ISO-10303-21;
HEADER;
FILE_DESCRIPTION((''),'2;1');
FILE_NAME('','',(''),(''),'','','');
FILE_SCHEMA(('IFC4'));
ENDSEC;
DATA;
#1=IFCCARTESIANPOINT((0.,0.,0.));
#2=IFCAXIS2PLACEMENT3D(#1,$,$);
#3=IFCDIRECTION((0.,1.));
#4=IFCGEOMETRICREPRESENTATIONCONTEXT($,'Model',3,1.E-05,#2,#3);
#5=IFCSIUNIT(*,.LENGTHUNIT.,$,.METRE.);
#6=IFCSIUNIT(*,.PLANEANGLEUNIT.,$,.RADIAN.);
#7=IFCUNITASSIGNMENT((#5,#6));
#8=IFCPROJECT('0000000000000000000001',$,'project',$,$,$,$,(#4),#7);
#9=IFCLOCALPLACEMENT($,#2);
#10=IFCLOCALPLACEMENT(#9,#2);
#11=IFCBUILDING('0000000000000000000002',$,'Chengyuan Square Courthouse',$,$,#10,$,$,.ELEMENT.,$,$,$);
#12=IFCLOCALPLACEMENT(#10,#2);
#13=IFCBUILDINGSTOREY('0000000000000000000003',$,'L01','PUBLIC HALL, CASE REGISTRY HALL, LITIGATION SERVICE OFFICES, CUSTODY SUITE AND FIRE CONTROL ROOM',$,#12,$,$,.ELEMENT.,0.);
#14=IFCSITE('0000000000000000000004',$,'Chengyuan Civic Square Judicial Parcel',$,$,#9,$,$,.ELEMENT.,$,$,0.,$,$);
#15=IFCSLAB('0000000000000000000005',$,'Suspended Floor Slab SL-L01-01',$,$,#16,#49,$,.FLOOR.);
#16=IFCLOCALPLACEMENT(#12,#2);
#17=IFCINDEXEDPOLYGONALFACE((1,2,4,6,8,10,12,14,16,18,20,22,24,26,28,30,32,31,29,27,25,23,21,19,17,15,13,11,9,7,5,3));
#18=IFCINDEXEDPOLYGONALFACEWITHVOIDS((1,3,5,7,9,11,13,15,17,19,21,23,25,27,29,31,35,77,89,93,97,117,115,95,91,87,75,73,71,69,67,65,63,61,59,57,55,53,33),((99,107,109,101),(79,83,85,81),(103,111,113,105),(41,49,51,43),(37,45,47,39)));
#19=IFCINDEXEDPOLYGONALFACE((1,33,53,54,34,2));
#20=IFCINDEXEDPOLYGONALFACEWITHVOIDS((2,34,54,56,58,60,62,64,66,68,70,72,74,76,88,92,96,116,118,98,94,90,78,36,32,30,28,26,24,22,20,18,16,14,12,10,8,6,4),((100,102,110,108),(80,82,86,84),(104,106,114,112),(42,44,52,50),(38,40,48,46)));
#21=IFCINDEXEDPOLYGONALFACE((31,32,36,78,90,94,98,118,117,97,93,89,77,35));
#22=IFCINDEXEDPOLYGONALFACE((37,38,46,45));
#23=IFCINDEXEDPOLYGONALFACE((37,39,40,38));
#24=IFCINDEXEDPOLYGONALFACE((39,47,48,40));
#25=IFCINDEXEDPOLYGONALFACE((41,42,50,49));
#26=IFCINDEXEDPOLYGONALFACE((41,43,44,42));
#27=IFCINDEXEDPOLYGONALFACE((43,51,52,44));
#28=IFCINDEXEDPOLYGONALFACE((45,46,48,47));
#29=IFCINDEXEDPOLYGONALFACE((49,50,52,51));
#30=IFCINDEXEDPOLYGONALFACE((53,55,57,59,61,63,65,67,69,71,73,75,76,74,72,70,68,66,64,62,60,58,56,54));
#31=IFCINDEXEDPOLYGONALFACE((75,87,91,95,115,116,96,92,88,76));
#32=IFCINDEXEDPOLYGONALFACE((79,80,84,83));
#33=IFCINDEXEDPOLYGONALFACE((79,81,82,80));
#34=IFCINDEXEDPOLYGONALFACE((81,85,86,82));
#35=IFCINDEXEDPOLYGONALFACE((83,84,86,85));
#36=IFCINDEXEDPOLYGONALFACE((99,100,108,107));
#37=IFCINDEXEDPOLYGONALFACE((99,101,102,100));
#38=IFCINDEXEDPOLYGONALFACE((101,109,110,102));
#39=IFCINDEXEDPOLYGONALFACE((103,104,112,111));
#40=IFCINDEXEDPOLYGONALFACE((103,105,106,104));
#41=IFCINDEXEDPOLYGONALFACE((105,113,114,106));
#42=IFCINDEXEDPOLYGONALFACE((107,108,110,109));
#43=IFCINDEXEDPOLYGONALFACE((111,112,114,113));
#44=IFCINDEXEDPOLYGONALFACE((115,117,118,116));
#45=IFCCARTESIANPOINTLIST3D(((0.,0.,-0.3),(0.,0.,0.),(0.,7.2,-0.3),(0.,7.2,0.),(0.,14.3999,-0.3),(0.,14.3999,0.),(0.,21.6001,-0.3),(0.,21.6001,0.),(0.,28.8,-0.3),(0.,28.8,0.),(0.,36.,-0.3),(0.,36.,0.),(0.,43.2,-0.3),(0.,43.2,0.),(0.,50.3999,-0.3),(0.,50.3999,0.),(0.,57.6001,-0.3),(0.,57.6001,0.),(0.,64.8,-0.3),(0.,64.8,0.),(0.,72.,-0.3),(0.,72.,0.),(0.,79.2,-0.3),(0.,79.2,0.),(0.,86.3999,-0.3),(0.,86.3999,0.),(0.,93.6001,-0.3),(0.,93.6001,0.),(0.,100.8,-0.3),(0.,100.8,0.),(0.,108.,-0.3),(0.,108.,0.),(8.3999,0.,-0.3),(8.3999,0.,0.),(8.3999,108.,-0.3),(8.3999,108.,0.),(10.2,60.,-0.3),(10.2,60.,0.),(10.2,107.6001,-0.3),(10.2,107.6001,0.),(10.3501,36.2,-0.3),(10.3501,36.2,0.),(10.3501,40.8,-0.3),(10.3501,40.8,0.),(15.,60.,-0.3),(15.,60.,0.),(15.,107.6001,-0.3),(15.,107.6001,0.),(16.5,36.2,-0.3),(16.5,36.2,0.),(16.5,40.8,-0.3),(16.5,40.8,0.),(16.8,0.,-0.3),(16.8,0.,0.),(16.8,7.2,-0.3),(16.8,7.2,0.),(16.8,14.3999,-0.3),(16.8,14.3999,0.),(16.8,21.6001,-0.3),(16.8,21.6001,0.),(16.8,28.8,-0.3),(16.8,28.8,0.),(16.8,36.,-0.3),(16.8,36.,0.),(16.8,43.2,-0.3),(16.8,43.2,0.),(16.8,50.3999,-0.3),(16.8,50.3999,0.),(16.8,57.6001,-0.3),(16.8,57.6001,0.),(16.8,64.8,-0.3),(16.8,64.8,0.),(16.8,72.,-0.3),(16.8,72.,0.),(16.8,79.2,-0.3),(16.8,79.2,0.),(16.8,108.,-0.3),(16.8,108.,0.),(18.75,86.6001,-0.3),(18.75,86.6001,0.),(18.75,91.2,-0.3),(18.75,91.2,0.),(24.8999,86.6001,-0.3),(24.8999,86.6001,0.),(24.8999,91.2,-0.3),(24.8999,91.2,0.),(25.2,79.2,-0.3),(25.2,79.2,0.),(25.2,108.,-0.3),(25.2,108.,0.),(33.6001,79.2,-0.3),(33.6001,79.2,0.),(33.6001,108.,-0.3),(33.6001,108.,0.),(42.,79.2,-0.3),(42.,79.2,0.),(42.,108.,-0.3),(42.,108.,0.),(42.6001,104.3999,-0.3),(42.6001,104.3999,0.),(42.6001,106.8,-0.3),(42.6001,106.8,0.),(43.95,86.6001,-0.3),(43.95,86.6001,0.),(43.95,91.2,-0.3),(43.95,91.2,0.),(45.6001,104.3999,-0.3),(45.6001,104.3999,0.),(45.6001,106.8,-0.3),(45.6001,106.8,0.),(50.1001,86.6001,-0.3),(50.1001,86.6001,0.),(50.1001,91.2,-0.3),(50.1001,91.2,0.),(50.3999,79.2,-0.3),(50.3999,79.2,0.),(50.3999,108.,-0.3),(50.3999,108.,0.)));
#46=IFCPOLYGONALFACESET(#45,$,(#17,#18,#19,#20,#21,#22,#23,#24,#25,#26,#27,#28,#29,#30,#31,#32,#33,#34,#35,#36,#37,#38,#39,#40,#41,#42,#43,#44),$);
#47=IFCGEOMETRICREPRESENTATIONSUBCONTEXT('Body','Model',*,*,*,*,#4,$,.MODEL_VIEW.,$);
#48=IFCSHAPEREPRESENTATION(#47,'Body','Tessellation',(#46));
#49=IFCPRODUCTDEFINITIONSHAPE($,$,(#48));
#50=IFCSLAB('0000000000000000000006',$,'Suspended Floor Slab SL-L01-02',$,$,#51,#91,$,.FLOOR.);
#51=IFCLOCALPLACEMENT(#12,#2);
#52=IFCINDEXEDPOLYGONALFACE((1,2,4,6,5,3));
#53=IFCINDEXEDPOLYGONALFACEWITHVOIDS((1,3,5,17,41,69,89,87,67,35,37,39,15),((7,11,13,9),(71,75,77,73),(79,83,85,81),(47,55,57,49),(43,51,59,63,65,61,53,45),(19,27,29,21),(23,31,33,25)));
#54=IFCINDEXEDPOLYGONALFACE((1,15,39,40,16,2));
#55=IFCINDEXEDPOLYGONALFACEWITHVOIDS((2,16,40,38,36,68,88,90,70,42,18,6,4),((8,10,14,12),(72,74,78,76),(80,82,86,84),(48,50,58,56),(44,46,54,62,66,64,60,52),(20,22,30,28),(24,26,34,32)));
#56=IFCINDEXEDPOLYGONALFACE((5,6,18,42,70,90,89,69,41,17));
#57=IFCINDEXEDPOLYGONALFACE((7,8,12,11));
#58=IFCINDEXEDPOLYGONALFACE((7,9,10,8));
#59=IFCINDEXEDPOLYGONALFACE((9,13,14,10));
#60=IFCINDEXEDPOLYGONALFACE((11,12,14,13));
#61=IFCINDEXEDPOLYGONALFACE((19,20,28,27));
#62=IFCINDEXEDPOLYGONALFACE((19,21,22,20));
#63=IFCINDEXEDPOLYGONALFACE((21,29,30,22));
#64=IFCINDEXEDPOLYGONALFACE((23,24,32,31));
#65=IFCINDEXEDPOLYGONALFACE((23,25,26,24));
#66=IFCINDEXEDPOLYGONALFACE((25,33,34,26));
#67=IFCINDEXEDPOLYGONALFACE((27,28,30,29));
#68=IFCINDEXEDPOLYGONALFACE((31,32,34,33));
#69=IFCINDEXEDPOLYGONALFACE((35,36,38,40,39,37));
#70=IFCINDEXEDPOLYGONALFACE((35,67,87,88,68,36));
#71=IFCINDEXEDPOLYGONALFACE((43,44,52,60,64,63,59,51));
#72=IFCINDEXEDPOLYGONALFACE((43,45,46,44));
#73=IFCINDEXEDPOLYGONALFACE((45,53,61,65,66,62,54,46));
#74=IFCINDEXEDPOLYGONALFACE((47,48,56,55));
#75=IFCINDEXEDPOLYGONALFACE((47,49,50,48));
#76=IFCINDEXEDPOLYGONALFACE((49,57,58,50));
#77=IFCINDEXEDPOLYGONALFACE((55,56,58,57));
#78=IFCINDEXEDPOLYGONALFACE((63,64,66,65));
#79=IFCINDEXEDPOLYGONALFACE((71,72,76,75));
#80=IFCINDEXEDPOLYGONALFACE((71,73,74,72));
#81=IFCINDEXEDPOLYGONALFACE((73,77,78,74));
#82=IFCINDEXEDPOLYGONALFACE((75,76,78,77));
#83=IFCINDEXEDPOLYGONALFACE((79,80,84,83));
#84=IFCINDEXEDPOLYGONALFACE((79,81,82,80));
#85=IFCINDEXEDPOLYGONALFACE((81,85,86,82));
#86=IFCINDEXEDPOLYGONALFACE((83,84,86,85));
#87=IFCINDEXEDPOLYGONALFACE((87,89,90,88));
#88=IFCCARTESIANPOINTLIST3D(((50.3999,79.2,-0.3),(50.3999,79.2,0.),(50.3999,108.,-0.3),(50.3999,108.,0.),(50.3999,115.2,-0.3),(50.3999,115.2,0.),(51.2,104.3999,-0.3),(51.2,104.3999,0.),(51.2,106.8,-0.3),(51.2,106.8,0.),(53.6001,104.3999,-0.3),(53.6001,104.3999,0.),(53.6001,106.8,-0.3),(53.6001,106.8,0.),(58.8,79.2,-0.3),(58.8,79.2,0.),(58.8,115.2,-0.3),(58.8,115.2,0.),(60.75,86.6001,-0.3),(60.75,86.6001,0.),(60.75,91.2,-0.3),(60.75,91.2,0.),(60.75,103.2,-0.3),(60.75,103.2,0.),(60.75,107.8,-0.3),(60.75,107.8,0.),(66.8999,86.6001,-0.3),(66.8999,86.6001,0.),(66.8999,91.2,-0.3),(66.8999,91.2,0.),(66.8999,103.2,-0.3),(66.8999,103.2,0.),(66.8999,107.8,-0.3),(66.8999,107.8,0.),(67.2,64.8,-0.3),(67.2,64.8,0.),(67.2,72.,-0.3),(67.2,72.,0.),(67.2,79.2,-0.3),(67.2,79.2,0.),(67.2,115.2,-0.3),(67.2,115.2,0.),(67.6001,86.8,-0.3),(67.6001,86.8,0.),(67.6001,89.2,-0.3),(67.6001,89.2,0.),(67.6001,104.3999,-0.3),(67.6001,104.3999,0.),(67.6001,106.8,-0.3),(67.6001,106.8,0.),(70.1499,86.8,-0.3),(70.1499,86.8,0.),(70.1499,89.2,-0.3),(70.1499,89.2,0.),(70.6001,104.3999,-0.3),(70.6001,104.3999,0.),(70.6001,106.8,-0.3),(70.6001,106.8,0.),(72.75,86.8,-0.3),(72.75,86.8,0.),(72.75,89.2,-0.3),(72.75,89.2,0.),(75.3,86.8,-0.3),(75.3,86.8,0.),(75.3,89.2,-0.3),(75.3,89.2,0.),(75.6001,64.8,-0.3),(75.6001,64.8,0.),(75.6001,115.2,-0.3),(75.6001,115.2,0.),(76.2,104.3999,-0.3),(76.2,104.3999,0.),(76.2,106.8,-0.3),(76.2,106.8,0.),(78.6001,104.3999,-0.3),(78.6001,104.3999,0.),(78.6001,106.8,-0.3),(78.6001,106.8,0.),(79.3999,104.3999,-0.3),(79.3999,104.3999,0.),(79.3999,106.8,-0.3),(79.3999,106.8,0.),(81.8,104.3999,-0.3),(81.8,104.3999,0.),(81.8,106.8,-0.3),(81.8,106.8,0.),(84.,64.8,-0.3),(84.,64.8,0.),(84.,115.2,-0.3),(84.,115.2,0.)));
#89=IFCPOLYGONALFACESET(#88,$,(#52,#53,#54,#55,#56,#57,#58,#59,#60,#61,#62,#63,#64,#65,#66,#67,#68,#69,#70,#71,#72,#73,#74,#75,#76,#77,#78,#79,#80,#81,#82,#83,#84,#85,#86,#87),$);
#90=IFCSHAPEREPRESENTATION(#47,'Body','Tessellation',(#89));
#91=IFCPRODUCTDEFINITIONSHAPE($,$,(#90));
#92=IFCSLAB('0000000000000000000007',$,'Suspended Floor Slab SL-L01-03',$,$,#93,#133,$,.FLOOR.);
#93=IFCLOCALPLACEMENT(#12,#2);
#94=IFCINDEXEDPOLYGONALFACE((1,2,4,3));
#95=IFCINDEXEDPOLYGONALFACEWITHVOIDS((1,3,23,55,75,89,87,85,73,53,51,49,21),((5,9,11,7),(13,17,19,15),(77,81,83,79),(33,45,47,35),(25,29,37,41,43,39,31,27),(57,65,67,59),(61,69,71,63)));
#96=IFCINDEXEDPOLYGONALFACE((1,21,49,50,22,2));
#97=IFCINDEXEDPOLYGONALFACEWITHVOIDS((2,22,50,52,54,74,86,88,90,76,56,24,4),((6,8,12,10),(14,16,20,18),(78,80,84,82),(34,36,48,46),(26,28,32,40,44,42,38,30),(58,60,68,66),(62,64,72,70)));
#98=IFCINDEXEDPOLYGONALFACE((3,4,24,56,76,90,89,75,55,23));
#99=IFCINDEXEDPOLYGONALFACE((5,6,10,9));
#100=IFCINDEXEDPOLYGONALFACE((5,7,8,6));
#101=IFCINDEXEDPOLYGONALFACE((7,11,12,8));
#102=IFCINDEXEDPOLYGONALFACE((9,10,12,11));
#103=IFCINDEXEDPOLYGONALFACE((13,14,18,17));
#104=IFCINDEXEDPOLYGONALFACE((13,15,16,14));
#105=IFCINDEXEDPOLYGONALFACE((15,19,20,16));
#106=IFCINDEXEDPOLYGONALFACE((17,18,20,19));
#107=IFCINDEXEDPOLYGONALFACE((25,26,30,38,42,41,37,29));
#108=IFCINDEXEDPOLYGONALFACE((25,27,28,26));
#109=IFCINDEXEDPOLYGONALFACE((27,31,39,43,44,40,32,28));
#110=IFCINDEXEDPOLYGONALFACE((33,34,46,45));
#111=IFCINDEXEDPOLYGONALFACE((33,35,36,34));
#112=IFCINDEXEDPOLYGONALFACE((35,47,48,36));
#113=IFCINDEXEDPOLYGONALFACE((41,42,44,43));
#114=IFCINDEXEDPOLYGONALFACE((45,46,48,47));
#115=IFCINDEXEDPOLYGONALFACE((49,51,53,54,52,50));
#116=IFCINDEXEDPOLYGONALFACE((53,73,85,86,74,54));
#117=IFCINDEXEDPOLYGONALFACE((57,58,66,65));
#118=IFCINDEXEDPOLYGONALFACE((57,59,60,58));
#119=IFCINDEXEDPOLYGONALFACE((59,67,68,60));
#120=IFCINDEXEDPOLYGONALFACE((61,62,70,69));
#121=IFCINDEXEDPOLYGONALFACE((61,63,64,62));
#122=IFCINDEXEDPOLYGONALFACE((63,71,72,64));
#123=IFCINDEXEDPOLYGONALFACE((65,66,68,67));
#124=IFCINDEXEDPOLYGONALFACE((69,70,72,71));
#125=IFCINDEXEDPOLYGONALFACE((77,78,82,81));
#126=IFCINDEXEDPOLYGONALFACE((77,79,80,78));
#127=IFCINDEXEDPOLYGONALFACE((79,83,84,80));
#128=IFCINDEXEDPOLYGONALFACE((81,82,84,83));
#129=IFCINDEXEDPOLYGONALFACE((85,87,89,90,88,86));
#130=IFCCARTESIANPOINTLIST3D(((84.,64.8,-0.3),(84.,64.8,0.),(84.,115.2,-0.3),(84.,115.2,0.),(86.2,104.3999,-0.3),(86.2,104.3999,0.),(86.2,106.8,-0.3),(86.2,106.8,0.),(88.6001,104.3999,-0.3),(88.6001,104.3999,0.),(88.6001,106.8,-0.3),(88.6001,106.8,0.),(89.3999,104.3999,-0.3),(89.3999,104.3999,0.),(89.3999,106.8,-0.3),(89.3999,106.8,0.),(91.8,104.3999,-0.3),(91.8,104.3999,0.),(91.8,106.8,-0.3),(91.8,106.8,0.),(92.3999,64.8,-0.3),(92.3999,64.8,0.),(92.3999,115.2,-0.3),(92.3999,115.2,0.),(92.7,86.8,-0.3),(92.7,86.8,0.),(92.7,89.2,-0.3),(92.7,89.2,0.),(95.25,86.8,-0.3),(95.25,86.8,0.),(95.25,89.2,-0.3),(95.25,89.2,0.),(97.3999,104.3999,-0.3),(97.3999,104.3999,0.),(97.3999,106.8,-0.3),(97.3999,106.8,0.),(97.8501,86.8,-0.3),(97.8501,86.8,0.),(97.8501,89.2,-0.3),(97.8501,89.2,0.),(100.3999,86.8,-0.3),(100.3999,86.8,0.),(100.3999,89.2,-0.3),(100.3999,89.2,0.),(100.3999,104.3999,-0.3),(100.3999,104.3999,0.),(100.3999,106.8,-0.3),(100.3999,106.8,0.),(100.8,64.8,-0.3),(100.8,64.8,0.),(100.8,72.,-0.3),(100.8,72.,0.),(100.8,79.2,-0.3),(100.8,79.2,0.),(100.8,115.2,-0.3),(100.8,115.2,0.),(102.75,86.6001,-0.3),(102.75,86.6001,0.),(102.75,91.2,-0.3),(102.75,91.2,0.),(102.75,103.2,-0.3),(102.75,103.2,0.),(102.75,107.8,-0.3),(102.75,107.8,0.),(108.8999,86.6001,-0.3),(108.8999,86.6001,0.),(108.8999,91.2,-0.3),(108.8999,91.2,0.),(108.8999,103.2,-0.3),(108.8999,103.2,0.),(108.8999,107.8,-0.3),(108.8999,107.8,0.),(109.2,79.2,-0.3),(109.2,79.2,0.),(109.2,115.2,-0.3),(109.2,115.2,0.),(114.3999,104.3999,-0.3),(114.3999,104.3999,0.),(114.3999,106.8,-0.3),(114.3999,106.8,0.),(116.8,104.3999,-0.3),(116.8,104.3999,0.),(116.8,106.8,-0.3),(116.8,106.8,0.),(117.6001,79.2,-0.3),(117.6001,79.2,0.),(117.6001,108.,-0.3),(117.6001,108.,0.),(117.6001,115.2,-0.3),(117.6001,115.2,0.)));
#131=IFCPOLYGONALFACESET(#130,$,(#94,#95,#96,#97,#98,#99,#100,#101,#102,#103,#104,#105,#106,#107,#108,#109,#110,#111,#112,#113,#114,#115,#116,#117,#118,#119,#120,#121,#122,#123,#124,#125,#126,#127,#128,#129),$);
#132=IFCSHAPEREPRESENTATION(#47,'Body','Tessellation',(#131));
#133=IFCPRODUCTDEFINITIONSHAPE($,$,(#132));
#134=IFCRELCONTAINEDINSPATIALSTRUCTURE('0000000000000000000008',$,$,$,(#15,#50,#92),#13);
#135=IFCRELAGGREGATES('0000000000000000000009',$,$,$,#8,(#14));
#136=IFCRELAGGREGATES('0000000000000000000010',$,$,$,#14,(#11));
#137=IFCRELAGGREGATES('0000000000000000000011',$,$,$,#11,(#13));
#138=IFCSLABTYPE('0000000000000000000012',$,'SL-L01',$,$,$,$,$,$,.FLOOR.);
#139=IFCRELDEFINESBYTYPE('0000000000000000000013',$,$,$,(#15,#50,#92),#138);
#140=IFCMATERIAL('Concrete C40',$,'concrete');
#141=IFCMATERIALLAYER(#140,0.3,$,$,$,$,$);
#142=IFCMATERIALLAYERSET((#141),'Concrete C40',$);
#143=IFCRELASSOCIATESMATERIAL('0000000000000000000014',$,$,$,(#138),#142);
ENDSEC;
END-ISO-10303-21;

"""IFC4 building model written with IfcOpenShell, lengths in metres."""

from ifc_helpers import new_model, si_unit, direction, frame, origin, place, context, subcontext, project, spatial, polyline, outline, extrude, material, layer, layer_set, type_object, element, save


model = new_model("IFC4")

# Units and contexts
model_context = context("Model", 3, precision=1e-05, world=origin(), true_north=direction((0.0, 1.0)))
body_context = subcontext(model_context, "Body", "Model", "MODEL_VIEW")
ifc_project = project(units=[si_unit("LENGTHUNIT", "METRE"), si_unit("PLANEANGLEUNIT", "RADIAN")], contexts=[model_context])

# Site, building, storey
site_placement = place(None, origin())
site = spatial("IfcSite", under=ifc_project, at=site_placement, Name="Chengyuan Civic Square Judicial Parcel", CompositionType="ELEMENT", RefElevation=0.0)
building_placement = place(site_placement, origin())
building = spatial("IfcBuilding", under=site, at=building_placement, Name="Chengyuan Square Courthouse", CompositionType="ELEMENT")
storey_placement = place(building_placement, origin())
storey = spatial("IfcBuildingStorey", under=building, at=storey_placement, Name="L01", Description="PUBLIC HALL, CASE REGISTRY HALL, LITIGATION SERVICE OFFICES, CUSTODY SUITE AND FIRE CONTROL ROOM", CompositionType="ELEMENT", Elevation=0.0)

# Shared definitions
ifc_material_1 = material(Name="Concrete C40", Category="concrete")

# Slabs
ifc_layer_1 = layer(ifc_material_1, 0.3)
ifc_layer_set_1 = layer_set([ifc_layer_1], Name="Concrete C40")
slab_type_1 = type_object("IfcSlabType", Name="SL-L01", PredefinedType="FLOOR", material=ifc_layer_set_1)
slab_1_placement = place(storey_placement, frame((0.0, 0.0, -0.3)))
element("IfcSlab", 1, at=slab_1_placement, inside=storey, type_object=slab_type_1, Name="Suspended Floor Slab SL-L01-01", PredefinedType="FLOOR", context=body_context, shape_type="SweptSolid", body=[
    extrude(outline(polyline([(0.0, 36.0), (0.0, 43.2), (0.0, 50.3999), (0.0, 57.6001), (0.0, 64.8), (0.0, 72.0), (0.0, 79.2), (0.0, 86.3999), (0.0, 93.6001), (0.0, 100.8), (0.0, 108.0), (8.3999, 108.0), (16.8, 108.0), (25.2, 108.0), (33.6001, 108.0), (42.0, 108.0), (50.3999, 108.0), (50.3999, 79.2), (42.0, 79.2), (33.6001, 79.2), (25.2, 79.2), (16.8, 79.2), (16.8, 72.0), (16.8, 64.8), (16.8, 57.6001), (16.8, 50.3999), (16.8, 43.2), (16.8, 36.0), (16.8, 28.8), (16.8, 21.6001), (16.8, 14.3999), (16.8, 7.2), (16.8, 0.0), (8.3999, 0.0), (0.0, 0.0), (0.0, 7.2), (0.0, 14.3999), (0.0, 21.6001), (0.0, 28.8), (0.0, 36.0)]), holes=[polyline([(10.3501, 40.8), (10.3501, 36.2), (16.5, 36.2), (16.5, 40.8), (10.3501, 40.8)]), polyline([(15.0, 107.6001), (10.2, 107.6001), (10.2, 60.0), (15.0, 60.0), (15.0, 107.6001)]), polyline([(24.8999, 91.2), (18.75, 91.2), (18.75, 86.6001), (24.8999, 86.6001), (24.8999, 91.2)]), polyline([(43.95, 91.2), (43.95, 86.6001), (50.1001, 86.6001), (50.1001, 91.2), (43.95, 91.2)]), polyline([(45.6001, 106.8), (42.6001, 106.8), (42.6001, 104.3999), (45.6001, 104.3999), (45.6001, 106.8)])]), origin(), (0.0, 0.0, 1.0), 0.3),
])
slab_2_placement = place(storey_placement, frame((0.0, 0.0, -0.3)))
element("IfcSlab", 2, at=slab_2_placement, inside=storey, type_object=slab_type_1, Name="Suspended Floor Slab SL-L01-02", PredefinedType="FLOOR", context=body_context, shape_type="SweptSolid", body=[
    extrude(outline(polyline([(50.3999, 115.2), (58.8, 115.2), (67.2, 115.2), (75.6001, 115.2), (84.0, 115.2), (84.0, 64.8), (75.6001, 64.8), (67.2, 64.8), (67.2, 72.0), (67.2, 79.2), (58.8, 79.2), (50.3999, 79.2), (50.3999, 108.0), (50.3999, 115.2)]), holes=[polyline([(70.1499, 89.2), (67.6001, 89.2), (67.6001, 86.8), (70.1499, 86.8), (72.75, 86.8), (75.3, 86.8), (75.3, 89.2), (72.75, 89.2), (70.1499, 89.2)]), polyline([(66.8999, 91.2), (60.75, 91.2), (60.75, 86.6001), (66.8999, 86.6001), (66.8999, 91.2)]), polyline([(66.8999, 107.8), (60.75, 107.8), (60.75, 103.2), (66.8999, 103.2), (66.8999, 107.8)]), polyline([(53.6001, 106.8), (51.2, 106.8), (51.2, 104.3999), (53.6001, 104.3999), (53.6001, 106.8)]), polyline([(70.6001, 106.8), (67.6001, 106.8), (67.6001, 104.3999), (70.6001, 104.3999), (70.6001, 106.8)]), polyline([(78.6001, 106.8), (76.2, 106.8), (76.2, 104.3999), (78.6001, 104.3999), (78.6001, 106.8)]), polyline([(79.3999, 106.8), (79.3999, 104.3999), (81.8, 104.3999), (81.8, 106.8), (79.3999, 106.8)])]), origin(), (0.0, 0.0, 1.0), 0.3),
])
slab_3_placement = place(storey_placement, frame((0.0, 0.0, -0.3)))
element("IfcSlab", 3, at=slab_3_placement, inside=storey, type_object=slab_type_1, Name="Suspended Floor Slab SL-L01-03", PredefinedType="FLOOR", context=body_context, shape_type="SweptSolid", body=[
    extrude(outline(polyline([(92.3999, 115.2), (100.8, 115.2), (109.2, 115.2), (117.6001, 115.2), (117.6001, 108.0), (117.6001, 79.2), (109.2, 79.2), (100.8, 79.2), (100.8, 72.0), (100.8, 64.8), (92.3999, 64.8), (84.0, 64.8), (84.0, 115.2), (92.3999, 115.2)]), holes=[polyline([(95.25, 89.2), (92.7, 89.2), (92.7, 86.8), (95.25, 86.8), (97.8501, 86.8), (100.3999, 86.8), (100.3999, 89.2), (97.8501, 89.2), (95.25, 89.2)]), polyline([(108.8999, 91.2), (102.75, 91.2), (102.75, 86.6001), (108.8999, 86.6001), (108.8999, 91.2)]), polyline([(108.8999, 107.8), (102.75, 107.8), (102.75, 103.2), (108.8999, 103.2), (108.8999, 107.8)]), polyline([(88.6001, 106.8), (86.2, 106.8), (86.2, 104.3999), (88.6001, 104.3999), (88.6001, 106.8)]), polyline([(91.8, 106.8), (89.3999, 106.8), (89.3999, 104.3999), (91.8, 104.3999), (91.8, 106.8)]), polyline([(100.3999, 106.8), (97.3999, 106.8), (97.3999, 104.3999), (100.3999, 104.3999), (100.3999, 106.8)]), polyline([(116.8, 106.8), (114.3999, 106.8), (114.3999, 104.3999), (116.8, 104.3999), (116.8, 106.8)])]), origin(), (0.0, 0.0, 1.0), 0.3),
])

save(model, "model.ifc")
